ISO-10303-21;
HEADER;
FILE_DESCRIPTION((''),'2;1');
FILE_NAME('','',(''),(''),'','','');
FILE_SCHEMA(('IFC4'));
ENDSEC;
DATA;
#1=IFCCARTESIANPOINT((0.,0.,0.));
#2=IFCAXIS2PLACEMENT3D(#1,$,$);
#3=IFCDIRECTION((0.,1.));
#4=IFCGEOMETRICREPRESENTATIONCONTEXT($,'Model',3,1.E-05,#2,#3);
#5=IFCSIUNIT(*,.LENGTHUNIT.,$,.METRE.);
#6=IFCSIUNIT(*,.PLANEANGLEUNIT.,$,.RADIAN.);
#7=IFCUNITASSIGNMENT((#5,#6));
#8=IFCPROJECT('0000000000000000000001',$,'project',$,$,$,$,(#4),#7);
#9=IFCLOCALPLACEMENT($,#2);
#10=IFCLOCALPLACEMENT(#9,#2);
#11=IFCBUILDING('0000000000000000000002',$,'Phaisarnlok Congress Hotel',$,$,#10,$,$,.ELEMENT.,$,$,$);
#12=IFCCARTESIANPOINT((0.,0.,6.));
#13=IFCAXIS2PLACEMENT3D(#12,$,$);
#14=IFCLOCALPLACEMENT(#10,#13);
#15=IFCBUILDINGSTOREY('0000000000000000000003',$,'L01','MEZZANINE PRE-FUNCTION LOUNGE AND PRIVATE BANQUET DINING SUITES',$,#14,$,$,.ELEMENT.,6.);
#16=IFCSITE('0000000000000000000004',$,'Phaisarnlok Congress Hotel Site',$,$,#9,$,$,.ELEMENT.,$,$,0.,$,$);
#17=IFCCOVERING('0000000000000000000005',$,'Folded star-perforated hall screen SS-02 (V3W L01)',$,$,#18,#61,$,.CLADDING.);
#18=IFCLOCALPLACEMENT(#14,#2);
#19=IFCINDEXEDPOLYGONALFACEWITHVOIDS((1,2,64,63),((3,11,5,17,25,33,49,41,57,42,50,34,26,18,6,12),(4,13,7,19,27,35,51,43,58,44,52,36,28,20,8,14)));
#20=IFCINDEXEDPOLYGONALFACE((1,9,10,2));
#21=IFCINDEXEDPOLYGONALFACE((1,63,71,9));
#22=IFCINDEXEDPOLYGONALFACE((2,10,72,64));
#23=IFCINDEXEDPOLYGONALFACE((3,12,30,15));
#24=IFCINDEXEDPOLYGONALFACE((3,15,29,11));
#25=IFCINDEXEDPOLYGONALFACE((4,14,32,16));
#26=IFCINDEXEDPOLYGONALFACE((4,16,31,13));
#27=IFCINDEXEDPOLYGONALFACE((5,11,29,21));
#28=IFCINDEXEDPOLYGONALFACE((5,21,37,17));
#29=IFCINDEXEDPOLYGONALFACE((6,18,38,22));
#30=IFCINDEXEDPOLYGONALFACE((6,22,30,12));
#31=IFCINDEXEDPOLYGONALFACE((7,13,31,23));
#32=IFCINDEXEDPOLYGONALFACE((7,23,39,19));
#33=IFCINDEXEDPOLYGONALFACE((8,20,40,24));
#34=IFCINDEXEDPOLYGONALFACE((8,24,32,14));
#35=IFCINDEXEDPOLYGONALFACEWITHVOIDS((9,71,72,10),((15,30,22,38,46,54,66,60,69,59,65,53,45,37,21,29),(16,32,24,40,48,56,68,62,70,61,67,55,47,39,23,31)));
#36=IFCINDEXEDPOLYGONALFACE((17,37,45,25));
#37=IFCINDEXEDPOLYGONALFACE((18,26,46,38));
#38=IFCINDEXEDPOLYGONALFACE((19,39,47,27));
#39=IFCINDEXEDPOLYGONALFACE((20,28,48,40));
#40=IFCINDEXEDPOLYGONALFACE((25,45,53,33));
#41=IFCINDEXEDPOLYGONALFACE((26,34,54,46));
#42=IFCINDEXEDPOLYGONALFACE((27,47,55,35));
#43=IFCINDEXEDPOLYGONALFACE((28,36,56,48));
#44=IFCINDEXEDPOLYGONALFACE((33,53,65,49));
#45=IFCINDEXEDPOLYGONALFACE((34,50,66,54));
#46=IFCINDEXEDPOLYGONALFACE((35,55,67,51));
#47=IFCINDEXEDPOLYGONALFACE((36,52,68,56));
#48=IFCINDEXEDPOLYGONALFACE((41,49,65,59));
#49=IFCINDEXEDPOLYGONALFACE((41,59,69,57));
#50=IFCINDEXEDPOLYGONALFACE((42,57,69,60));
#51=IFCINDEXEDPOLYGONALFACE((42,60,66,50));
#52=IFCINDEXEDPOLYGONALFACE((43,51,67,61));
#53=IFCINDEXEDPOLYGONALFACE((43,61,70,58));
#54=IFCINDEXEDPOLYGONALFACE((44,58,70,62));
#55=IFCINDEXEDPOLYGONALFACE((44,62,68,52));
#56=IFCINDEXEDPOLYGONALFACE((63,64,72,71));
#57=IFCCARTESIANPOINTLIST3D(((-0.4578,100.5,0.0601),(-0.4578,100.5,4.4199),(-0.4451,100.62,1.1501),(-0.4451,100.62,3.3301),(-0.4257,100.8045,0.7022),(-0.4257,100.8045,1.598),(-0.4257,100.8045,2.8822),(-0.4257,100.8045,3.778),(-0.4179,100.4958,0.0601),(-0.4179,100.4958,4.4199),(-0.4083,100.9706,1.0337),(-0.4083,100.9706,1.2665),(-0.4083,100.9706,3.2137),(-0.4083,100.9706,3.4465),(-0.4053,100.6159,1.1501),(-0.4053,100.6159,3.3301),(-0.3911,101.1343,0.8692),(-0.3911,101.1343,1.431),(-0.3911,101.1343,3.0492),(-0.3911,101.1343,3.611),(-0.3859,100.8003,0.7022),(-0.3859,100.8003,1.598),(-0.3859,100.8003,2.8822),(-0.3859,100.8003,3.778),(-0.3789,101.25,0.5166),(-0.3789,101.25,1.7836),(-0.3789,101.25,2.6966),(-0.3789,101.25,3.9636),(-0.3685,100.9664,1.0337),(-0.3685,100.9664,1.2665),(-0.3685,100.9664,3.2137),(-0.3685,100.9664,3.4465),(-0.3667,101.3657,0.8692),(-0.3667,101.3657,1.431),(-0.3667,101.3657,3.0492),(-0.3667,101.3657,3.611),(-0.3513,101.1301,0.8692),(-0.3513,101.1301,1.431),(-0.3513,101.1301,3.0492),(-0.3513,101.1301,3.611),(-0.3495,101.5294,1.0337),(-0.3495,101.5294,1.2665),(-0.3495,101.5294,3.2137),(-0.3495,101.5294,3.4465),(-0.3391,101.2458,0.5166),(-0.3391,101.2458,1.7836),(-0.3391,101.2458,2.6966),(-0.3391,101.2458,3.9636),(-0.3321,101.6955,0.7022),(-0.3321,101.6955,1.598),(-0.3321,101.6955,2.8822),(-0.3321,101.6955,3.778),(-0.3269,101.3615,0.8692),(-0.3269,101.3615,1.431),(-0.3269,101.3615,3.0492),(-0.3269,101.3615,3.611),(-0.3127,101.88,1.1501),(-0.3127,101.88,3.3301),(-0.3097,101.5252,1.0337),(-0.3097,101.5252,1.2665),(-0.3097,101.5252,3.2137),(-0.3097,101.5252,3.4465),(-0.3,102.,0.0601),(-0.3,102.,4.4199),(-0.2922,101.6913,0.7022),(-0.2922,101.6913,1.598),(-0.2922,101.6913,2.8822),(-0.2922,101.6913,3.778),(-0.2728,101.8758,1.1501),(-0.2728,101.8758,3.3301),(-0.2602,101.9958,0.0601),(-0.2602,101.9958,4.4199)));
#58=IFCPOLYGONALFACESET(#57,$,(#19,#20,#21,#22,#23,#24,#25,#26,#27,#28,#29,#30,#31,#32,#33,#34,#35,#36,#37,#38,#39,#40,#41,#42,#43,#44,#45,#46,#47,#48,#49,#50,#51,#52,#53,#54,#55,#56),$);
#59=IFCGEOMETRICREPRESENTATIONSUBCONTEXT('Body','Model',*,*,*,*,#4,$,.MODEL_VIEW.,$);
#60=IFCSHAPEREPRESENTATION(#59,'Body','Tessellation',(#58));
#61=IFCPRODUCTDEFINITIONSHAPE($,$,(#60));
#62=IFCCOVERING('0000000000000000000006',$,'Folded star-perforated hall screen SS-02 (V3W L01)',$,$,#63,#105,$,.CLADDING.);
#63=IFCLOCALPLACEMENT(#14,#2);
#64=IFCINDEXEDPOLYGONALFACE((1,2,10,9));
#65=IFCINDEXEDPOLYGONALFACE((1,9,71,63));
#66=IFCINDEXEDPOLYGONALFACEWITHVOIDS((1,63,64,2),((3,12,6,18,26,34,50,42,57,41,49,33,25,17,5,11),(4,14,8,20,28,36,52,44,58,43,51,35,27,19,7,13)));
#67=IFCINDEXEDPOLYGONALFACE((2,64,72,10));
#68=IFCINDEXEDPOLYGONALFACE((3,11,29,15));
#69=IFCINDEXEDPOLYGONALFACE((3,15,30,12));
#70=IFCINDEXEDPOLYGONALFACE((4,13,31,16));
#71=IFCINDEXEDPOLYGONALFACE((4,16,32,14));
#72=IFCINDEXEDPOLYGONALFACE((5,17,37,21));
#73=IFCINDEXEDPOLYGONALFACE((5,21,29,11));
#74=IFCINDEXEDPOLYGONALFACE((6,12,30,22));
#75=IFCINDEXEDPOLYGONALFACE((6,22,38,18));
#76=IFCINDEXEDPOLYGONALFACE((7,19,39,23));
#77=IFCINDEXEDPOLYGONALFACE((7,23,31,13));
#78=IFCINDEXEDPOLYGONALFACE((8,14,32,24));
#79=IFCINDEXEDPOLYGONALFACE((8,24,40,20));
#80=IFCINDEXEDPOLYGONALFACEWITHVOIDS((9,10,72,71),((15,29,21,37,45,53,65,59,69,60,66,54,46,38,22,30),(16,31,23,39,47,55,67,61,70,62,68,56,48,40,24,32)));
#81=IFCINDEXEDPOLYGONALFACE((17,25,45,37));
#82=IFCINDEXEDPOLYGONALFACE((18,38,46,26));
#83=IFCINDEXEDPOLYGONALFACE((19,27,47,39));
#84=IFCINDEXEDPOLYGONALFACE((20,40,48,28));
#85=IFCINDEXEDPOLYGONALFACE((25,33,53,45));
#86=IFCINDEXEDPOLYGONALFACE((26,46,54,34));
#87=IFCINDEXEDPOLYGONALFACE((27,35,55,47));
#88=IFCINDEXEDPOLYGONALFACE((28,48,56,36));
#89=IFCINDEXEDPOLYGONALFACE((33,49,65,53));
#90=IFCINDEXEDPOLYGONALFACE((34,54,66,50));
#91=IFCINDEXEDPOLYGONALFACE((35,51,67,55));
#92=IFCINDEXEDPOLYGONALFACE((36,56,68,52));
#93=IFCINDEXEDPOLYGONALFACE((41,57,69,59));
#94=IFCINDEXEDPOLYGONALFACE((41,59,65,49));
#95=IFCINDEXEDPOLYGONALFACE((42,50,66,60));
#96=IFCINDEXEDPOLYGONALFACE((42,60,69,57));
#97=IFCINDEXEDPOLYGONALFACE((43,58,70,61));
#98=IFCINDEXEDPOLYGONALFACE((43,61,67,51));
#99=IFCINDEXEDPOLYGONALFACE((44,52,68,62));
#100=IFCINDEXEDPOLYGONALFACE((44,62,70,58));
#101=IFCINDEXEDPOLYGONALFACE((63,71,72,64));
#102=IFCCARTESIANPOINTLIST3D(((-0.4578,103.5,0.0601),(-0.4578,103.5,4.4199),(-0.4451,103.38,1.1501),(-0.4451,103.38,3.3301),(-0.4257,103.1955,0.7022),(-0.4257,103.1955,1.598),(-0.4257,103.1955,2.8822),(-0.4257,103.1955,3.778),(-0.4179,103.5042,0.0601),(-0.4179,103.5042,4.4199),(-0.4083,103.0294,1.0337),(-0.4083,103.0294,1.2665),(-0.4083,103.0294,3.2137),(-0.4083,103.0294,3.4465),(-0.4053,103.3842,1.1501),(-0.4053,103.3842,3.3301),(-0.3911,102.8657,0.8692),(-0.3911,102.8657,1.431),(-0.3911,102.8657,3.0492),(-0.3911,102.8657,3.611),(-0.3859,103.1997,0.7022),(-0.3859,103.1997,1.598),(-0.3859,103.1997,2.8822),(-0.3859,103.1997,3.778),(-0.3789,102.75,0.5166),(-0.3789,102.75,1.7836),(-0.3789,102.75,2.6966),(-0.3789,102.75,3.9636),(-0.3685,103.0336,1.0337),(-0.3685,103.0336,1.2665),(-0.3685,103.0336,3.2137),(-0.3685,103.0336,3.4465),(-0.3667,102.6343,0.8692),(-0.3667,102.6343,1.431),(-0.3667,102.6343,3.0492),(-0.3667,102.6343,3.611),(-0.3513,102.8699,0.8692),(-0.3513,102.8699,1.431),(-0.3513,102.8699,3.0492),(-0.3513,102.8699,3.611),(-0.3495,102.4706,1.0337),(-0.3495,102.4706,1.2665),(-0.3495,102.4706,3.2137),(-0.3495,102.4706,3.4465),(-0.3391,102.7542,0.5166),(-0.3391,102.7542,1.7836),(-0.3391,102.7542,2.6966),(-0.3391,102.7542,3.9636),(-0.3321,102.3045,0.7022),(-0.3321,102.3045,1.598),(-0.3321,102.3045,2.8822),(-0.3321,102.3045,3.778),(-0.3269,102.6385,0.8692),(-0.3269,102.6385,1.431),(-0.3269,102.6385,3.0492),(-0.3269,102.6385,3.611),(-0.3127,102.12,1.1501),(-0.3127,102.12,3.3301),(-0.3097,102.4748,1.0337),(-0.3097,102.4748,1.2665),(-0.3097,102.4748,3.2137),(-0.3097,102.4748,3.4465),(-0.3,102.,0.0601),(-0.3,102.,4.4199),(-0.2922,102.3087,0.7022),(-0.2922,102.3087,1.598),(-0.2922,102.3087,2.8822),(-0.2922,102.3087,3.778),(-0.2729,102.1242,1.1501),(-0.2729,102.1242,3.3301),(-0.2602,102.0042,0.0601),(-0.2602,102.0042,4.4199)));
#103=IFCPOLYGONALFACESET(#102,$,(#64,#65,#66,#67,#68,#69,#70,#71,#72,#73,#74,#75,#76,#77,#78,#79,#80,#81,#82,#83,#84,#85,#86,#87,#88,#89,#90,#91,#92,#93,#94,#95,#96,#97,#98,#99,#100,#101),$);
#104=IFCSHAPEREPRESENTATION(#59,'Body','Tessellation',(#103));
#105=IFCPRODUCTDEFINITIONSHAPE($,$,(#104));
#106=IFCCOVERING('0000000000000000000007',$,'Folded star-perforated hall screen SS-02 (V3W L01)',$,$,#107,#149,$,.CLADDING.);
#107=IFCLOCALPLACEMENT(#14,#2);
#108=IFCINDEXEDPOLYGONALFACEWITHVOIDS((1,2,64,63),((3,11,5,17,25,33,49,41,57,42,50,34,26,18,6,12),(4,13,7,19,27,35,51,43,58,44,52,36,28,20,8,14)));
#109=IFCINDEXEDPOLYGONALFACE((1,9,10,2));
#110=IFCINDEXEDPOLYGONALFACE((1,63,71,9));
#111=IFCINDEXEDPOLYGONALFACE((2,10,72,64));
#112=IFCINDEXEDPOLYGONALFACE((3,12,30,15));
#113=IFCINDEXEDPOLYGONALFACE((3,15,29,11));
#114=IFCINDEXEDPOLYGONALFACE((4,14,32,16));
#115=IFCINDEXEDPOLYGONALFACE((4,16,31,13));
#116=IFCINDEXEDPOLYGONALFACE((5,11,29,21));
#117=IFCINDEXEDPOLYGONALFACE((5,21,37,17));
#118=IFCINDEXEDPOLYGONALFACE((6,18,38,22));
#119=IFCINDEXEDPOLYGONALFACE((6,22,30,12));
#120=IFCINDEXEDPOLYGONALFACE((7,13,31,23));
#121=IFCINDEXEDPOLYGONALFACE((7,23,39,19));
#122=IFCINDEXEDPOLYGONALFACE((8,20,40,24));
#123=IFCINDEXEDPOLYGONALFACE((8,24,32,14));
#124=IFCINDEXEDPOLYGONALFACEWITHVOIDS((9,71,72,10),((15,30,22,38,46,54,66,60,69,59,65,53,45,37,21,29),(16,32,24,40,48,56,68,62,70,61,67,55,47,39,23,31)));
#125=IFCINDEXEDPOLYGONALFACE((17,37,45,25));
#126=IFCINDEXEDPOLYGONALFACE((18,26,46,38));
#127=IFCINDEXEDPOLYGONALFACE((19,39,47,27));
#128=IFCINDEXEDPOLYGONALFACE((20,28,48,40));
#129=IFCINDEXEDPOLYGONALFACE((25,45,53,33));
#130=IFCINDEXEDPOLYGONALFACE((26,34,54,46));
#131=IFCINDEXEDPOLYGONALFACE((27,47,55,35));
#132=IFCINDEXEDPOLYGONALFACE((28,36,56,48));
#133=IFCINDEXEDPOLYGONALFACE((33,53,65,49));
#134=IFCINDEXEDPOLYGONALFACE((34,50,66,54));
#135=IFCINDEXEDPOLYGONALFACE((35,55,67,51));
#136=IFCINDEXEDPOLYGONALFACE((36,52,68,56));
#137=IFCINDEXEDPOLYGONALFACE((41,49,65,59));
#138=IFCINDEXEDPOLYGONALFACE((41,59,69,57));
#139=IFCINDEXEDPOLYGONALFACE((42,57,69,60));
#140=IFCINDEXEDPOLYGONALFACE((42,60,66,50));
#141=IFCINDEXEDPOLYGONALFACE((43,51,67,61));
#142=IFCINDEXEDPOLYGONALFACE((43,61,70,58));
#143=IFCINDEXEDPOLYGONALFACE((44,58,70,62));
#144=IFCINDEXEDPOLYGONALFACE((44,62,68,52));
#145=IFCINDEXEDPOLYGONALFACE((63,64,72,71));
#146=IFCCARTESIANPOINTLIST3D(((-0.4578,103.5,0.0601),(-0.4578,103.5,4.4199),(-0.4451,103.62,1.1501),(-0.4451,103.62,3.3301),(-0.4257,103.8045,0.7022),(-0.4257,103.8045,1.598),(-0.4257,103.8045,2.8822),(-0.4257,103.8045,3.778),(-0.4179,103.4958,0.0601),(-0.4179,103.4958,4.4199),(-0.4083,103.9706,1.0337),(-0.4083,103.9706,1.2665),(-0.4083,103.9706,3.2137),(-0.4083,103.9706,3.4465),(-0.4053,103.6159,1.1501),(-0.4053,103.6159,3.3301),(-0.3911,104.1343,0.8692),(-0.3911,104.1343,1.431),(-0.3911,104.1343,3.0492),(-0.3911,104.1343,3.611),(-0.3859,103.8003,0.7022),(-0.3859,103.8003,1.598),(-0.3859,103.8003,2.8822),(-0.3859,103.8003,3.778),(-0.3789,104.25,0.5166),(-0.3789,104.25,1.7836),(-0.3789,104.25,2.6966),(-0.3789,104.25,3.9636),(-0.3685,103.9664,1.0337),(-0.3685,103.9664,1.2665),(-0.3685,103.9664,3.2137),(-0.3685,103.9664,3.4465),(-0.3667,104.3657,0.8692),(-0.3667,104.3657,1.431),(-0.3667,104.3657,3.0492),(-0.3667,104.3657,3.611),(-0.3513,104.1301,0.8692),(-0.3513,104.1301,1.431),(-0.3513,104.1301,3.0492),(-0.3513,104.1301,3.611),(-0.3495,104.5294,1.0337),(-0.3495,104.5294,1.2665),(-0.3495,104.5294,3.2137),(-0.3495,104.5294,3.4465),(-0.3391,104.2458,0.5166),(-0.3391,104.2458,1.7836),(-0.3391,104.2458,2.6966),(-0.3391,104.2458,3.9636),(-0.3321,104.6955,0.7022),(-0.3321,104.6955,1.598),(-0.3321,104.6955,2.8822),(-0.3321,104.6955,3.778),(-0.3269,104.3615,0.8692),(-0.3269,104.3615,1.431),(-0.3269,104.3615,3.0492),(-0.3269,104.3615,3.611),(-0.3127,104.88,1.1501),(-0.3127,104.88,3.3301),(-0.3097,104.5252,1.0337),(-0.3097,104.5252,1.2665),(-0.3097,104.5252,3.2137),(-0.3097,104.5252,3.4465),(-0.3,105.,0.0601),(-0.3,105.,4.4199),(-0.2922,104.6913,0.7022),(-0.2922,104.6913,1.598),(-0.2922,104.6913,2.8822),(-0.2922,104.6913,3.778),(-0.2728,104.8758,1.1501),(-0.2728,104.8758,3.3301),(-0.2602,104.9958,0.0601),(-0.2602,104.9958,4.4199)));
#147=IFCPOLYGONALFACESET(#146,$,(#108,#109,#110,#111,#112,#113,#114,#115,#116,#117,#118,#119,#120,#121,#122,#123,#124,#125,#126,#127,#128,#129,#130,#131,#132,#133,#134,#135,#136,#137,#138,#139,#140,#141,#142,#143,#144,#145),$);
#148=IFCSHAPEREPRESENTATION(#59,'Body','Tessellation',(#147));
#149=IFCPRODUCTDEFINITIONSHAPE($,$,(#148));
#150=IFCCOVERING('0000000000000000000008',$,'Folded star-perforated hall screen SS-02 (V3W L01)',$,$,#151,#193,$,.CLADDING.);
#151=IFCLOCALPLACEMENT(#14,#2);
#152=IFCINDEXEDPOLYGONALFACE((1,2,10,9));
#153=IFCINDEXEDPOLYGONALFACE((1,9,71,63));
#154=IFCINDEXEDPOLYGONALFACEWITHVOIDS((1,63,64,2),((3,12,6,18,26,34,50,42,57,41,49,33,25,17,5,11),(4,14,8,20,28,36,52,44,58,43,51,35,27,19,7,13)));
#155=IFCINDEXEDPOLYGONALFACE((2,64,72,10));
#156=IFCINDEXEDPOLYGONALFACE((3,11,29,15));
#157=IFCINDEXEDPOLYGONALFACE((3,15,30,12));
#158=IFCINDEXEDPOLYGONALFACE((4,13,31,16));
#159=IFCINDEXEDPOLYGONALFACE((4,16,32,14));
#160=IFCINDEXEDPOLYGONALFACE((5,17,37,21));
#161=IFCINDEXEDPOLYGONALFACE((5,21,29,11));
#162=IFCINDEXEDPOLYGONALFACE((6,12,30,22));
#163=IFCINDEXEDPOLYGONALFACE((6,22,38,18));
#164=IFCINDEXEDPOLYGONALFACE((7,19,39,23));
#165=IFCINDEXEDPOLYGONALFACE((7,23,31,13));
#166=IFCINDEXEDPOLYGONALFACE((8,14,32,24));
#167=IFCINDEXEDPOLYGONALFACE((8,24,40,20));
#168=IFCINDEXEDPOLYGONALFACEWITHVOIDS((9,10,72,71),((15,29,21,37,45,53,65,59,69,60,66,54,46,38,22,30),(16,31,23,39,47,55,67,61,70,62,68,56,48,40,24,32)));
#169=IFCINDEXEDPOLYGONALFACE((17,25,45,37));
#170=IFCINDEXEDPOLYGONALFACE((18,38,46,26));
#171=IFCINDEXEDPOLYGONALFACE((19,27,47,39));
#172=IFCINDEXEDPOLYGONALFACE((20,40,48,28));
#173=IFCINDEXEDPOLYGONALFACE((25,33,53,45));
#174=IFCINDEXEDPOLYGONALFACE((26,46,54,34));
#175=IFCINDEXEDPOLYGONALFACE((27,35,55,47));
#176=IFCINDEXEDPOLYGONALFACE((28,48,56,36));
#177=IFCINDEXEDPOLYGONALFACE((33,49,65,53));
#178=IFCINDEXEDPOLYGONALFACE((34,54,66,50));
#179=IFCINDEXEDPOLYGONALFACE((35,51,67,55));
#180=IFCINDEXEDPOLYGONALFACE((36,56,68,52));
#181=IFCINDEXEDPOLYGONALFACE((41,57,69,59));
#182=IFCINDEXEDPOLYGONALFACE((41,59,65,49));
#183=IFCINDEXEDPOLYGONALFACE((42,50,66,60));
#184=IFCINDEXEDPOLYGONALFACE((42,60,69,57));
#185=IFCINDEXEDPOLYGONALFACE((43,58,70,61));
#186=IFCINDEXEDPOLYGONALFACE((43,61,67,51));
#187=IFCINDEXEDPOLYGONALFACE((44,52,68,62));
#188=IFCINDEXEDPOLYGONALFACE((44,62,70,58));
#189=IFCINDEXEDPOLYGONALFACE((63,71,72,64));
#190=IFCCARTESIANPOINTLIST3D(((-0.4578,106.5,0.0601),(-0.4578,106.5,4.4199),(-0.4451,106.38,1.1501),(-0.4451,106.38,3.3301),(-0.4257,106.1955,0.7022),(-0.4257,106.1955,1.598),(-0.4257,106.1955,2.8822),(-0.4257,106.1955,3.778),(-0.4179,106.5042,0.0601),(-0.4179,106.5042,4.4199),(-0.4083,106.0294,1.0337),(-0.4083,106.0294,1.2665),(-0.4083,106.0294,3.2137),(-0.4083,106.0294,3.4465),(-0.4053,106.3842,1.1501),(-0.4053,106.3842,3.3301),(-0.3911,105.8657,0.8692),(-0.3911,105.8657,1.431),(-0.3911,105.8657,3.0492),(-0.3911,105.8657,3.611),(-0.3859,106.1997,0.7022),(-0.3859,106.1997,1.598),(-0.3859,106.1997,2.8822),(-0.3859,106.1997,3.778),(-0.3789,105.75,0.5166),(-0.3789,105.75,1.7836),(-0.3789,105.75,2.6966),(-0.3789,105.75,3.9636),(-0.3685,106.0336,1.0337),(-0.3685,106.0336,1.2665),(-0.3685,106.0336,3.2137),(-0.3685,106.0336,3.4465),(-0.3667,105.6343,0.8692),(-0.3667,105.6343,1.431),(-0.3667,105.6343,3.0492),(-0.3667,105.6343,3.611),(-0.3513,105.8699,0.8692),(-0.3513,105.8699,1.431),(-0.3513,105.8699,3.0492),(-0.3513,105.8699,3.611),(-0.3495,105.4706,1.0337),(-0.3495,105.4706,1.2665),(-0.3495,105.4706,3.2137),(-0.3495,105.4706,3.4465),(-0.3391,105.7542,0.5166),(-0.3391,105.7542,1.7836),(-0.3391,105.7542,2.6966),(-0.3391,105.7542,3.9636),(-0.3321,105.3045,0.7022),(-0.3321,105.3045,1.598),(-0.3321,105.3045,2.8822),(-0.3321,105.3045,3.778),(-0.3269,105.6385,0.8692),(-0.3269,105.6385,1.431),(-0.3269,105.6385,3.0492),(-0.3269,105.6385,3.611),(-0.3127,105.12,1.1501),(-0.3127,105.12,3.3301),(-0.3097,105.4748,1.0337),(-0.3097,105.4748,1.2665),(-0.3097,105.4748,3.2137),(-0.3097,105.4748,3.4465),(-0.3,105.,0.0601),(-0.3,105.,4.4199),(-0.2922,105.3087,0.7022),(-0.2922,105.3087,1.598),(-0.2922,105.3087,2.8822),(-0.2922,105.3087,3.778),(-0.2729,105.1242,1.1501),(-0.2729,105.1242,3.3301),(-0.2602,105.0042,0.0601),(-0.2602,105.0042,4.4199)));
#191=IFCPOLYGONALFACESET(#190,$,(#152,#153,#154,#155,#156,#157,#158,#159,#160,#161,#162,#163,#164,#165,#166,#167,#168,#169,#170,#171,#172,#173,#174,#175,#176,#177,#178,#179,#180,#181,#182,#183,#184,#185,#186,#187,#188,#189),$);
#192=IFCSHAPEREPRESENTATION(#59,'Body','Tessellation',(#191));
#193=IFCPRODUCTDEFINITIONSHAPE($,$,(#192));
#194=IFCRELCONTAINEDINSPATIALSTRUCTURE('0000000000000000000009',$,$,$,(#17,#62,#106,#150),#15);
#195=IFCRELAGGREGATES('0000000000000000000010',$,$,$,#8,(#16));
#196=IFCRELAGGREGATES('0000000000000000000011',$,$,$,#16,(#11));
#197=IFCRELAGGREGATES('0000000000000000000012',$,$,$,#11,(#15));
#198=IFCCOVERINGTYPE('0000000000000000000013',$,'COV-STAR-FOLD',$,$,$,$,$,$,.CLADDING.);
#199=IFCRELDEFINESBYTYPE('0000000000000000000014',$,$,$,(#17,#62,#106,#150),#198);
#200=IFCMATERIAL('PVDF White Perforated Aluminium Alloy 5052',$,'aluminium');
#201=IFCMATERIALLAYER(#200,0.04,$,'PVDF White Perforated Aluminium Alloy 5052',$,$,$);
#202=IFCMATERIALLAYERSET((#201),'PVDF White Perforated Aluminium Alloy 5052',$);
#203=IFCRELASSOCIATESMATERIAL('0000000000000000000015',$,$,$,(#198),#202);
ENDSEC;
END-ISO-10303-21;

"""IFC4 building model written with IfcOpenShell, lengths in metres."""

from ifc_helpers import new_model, si_unit, direction, frame, origin, place, context, subcontext, project, spatial, polyline, outline, extrude, material, layer, layer_set, type_object, element, save


model = new_model("IFC4")

# Units and contexts
model_context = context("Model", 3, precision=1e-05, world=origin(), true_north=direction((0.0, 1.0)))
body_context = subcontext(model_context, "Body", "Model", "MODEL_VIEW")
ifc_project = project(units=[si_unit("LENGTHUNIT", "METRE"), si_unit("PLANEANGLEUNIT", "RADIAN")], contexts=[model_context])

# Site, building, storey
site_placement = place(None, origin())
site = spatial("IfcSite", under=ifc_project, at=site_placement, Name="Phaisarnlok Congress Hotel Site", CompositionType="ELEMENT", RefElevation=0.0)
building_placement = place(site_placement, origin())
building = spatial("IfcBuilding", under=site, at=building_placement, Name="Phaisarnlok Congress Hotel", CompositionType="ELEMENT")
storey_placement = place(building_placement, frame((0.0, 0.0, 6.0)))
storey = spatial("IfcBuildingStorey", under=building, at=storey_placement, Name="L01", Description="MEZZANINE PRE-FUNCTION LOUNGE AND PRIVATE BANQUET DINING SUITES", CompositionType="ELEMENT", Elevation=6.0)

# Coverings
ifc_material_1 = material(Name="PVDF White Perforated Aluminium Alloy 5052", Category="aluminium")
ifc_layer = layer(ifc_material_1, 0.04, Name="PVDF White Perforated Aluminium Alloy 5052")
ifc_layer_set = layer_set([ifc_layer], Name="PVDF White Perforated Aluminium Alloy 5052")
covering_type = type_object("IfcCoveringType", Name="COV-STAR-FOLD", PredefinedType="CLADDING", material=ifc_layer_set)
for number, where, z_axis, x_axis, name in (
    (1, (-0.4578, 100.5, 0.0601), (0.994518, -0.104567, 0.0), (0.104567, 0.994518, 0.0), "Folded star-perforated hall screen SS-02 (V3W L01)"),
    (2, (-0.3, 102.0, 0.0601), (0.994518, 0.104567, 0.0), (-0.104567, 0.994518, 0.0), "Folded star-perforated hall screen SS-02 (V3W L01)"),
    (3, (-0.4578, 103.5, 0.0601), (0.994518, -0.104567, 0.0), (0.104567, 0.994518, 0.0), "Folded star-perforated hall screen SS-02 (V3W L01)"),
    (4, (-0.3, 105.0, 0.0601), (0.994518, 0.104567, 0.0), (-0.104567, 0.994518, 0.0), "Folded star-perforated hall screen SS-02 (V3W L01)"),
):
    element("IfcCovering", number, at=place(storey_placement, frame(where, z_axis=z_axis, x_axis=x_axis)), inside=storey, type_object=covering_type, Name=name, PredefinedType="CLADDING", context=body_context, shape_type="SweptSolid", body=[
        extrude(outline(polyline([(0.0, 0.0), (1.5083, 0.0), (1.5083, 4.3599), (0.0, 4.3599), (0.0, 0.0)]), holes=[polyline([(1.0351, 0.9736), (1.2021, 0.6421), (0.8705, 0.8091), (0.7541, 0.4565), (0.6378, 0.8091), (0.3062, 0.6421), (0.4732, 0.9736), (0.1207, 1.09), (0.4732, 1.2064), (0.3062, 1.5379), (0.6378, 1.3709), (0.7541, 1.7235), (0.8705, 1.3709), (1.2021, 1.5379), (1.0351, 1.2064), (1.3876, 1.09), (1.0351, 0.9736)]), polyline([(1.0351, 3.1536), (1.2021, 2.8221), (0.8705, 2.9891), (0.7541, 2.6365), (0.6378, 2.9891), (0.3062, 2.8221), (0.4732, 3.1536), (0.1207, 3.27), (0.4732, 3.3864), (0.3062, 3.7179), (0.6378, 3.5509), (0.7541, 3.9035), (0.8705, 3.5509), (1.2021, 3.7179), (1.0351, 3.3864), (1.3876, 3.27), (1.0351, 3.1536)])]), origin(), (0.0, 0.0, 1.0), 0.04),
    ])

save(model, "model.ifc")
